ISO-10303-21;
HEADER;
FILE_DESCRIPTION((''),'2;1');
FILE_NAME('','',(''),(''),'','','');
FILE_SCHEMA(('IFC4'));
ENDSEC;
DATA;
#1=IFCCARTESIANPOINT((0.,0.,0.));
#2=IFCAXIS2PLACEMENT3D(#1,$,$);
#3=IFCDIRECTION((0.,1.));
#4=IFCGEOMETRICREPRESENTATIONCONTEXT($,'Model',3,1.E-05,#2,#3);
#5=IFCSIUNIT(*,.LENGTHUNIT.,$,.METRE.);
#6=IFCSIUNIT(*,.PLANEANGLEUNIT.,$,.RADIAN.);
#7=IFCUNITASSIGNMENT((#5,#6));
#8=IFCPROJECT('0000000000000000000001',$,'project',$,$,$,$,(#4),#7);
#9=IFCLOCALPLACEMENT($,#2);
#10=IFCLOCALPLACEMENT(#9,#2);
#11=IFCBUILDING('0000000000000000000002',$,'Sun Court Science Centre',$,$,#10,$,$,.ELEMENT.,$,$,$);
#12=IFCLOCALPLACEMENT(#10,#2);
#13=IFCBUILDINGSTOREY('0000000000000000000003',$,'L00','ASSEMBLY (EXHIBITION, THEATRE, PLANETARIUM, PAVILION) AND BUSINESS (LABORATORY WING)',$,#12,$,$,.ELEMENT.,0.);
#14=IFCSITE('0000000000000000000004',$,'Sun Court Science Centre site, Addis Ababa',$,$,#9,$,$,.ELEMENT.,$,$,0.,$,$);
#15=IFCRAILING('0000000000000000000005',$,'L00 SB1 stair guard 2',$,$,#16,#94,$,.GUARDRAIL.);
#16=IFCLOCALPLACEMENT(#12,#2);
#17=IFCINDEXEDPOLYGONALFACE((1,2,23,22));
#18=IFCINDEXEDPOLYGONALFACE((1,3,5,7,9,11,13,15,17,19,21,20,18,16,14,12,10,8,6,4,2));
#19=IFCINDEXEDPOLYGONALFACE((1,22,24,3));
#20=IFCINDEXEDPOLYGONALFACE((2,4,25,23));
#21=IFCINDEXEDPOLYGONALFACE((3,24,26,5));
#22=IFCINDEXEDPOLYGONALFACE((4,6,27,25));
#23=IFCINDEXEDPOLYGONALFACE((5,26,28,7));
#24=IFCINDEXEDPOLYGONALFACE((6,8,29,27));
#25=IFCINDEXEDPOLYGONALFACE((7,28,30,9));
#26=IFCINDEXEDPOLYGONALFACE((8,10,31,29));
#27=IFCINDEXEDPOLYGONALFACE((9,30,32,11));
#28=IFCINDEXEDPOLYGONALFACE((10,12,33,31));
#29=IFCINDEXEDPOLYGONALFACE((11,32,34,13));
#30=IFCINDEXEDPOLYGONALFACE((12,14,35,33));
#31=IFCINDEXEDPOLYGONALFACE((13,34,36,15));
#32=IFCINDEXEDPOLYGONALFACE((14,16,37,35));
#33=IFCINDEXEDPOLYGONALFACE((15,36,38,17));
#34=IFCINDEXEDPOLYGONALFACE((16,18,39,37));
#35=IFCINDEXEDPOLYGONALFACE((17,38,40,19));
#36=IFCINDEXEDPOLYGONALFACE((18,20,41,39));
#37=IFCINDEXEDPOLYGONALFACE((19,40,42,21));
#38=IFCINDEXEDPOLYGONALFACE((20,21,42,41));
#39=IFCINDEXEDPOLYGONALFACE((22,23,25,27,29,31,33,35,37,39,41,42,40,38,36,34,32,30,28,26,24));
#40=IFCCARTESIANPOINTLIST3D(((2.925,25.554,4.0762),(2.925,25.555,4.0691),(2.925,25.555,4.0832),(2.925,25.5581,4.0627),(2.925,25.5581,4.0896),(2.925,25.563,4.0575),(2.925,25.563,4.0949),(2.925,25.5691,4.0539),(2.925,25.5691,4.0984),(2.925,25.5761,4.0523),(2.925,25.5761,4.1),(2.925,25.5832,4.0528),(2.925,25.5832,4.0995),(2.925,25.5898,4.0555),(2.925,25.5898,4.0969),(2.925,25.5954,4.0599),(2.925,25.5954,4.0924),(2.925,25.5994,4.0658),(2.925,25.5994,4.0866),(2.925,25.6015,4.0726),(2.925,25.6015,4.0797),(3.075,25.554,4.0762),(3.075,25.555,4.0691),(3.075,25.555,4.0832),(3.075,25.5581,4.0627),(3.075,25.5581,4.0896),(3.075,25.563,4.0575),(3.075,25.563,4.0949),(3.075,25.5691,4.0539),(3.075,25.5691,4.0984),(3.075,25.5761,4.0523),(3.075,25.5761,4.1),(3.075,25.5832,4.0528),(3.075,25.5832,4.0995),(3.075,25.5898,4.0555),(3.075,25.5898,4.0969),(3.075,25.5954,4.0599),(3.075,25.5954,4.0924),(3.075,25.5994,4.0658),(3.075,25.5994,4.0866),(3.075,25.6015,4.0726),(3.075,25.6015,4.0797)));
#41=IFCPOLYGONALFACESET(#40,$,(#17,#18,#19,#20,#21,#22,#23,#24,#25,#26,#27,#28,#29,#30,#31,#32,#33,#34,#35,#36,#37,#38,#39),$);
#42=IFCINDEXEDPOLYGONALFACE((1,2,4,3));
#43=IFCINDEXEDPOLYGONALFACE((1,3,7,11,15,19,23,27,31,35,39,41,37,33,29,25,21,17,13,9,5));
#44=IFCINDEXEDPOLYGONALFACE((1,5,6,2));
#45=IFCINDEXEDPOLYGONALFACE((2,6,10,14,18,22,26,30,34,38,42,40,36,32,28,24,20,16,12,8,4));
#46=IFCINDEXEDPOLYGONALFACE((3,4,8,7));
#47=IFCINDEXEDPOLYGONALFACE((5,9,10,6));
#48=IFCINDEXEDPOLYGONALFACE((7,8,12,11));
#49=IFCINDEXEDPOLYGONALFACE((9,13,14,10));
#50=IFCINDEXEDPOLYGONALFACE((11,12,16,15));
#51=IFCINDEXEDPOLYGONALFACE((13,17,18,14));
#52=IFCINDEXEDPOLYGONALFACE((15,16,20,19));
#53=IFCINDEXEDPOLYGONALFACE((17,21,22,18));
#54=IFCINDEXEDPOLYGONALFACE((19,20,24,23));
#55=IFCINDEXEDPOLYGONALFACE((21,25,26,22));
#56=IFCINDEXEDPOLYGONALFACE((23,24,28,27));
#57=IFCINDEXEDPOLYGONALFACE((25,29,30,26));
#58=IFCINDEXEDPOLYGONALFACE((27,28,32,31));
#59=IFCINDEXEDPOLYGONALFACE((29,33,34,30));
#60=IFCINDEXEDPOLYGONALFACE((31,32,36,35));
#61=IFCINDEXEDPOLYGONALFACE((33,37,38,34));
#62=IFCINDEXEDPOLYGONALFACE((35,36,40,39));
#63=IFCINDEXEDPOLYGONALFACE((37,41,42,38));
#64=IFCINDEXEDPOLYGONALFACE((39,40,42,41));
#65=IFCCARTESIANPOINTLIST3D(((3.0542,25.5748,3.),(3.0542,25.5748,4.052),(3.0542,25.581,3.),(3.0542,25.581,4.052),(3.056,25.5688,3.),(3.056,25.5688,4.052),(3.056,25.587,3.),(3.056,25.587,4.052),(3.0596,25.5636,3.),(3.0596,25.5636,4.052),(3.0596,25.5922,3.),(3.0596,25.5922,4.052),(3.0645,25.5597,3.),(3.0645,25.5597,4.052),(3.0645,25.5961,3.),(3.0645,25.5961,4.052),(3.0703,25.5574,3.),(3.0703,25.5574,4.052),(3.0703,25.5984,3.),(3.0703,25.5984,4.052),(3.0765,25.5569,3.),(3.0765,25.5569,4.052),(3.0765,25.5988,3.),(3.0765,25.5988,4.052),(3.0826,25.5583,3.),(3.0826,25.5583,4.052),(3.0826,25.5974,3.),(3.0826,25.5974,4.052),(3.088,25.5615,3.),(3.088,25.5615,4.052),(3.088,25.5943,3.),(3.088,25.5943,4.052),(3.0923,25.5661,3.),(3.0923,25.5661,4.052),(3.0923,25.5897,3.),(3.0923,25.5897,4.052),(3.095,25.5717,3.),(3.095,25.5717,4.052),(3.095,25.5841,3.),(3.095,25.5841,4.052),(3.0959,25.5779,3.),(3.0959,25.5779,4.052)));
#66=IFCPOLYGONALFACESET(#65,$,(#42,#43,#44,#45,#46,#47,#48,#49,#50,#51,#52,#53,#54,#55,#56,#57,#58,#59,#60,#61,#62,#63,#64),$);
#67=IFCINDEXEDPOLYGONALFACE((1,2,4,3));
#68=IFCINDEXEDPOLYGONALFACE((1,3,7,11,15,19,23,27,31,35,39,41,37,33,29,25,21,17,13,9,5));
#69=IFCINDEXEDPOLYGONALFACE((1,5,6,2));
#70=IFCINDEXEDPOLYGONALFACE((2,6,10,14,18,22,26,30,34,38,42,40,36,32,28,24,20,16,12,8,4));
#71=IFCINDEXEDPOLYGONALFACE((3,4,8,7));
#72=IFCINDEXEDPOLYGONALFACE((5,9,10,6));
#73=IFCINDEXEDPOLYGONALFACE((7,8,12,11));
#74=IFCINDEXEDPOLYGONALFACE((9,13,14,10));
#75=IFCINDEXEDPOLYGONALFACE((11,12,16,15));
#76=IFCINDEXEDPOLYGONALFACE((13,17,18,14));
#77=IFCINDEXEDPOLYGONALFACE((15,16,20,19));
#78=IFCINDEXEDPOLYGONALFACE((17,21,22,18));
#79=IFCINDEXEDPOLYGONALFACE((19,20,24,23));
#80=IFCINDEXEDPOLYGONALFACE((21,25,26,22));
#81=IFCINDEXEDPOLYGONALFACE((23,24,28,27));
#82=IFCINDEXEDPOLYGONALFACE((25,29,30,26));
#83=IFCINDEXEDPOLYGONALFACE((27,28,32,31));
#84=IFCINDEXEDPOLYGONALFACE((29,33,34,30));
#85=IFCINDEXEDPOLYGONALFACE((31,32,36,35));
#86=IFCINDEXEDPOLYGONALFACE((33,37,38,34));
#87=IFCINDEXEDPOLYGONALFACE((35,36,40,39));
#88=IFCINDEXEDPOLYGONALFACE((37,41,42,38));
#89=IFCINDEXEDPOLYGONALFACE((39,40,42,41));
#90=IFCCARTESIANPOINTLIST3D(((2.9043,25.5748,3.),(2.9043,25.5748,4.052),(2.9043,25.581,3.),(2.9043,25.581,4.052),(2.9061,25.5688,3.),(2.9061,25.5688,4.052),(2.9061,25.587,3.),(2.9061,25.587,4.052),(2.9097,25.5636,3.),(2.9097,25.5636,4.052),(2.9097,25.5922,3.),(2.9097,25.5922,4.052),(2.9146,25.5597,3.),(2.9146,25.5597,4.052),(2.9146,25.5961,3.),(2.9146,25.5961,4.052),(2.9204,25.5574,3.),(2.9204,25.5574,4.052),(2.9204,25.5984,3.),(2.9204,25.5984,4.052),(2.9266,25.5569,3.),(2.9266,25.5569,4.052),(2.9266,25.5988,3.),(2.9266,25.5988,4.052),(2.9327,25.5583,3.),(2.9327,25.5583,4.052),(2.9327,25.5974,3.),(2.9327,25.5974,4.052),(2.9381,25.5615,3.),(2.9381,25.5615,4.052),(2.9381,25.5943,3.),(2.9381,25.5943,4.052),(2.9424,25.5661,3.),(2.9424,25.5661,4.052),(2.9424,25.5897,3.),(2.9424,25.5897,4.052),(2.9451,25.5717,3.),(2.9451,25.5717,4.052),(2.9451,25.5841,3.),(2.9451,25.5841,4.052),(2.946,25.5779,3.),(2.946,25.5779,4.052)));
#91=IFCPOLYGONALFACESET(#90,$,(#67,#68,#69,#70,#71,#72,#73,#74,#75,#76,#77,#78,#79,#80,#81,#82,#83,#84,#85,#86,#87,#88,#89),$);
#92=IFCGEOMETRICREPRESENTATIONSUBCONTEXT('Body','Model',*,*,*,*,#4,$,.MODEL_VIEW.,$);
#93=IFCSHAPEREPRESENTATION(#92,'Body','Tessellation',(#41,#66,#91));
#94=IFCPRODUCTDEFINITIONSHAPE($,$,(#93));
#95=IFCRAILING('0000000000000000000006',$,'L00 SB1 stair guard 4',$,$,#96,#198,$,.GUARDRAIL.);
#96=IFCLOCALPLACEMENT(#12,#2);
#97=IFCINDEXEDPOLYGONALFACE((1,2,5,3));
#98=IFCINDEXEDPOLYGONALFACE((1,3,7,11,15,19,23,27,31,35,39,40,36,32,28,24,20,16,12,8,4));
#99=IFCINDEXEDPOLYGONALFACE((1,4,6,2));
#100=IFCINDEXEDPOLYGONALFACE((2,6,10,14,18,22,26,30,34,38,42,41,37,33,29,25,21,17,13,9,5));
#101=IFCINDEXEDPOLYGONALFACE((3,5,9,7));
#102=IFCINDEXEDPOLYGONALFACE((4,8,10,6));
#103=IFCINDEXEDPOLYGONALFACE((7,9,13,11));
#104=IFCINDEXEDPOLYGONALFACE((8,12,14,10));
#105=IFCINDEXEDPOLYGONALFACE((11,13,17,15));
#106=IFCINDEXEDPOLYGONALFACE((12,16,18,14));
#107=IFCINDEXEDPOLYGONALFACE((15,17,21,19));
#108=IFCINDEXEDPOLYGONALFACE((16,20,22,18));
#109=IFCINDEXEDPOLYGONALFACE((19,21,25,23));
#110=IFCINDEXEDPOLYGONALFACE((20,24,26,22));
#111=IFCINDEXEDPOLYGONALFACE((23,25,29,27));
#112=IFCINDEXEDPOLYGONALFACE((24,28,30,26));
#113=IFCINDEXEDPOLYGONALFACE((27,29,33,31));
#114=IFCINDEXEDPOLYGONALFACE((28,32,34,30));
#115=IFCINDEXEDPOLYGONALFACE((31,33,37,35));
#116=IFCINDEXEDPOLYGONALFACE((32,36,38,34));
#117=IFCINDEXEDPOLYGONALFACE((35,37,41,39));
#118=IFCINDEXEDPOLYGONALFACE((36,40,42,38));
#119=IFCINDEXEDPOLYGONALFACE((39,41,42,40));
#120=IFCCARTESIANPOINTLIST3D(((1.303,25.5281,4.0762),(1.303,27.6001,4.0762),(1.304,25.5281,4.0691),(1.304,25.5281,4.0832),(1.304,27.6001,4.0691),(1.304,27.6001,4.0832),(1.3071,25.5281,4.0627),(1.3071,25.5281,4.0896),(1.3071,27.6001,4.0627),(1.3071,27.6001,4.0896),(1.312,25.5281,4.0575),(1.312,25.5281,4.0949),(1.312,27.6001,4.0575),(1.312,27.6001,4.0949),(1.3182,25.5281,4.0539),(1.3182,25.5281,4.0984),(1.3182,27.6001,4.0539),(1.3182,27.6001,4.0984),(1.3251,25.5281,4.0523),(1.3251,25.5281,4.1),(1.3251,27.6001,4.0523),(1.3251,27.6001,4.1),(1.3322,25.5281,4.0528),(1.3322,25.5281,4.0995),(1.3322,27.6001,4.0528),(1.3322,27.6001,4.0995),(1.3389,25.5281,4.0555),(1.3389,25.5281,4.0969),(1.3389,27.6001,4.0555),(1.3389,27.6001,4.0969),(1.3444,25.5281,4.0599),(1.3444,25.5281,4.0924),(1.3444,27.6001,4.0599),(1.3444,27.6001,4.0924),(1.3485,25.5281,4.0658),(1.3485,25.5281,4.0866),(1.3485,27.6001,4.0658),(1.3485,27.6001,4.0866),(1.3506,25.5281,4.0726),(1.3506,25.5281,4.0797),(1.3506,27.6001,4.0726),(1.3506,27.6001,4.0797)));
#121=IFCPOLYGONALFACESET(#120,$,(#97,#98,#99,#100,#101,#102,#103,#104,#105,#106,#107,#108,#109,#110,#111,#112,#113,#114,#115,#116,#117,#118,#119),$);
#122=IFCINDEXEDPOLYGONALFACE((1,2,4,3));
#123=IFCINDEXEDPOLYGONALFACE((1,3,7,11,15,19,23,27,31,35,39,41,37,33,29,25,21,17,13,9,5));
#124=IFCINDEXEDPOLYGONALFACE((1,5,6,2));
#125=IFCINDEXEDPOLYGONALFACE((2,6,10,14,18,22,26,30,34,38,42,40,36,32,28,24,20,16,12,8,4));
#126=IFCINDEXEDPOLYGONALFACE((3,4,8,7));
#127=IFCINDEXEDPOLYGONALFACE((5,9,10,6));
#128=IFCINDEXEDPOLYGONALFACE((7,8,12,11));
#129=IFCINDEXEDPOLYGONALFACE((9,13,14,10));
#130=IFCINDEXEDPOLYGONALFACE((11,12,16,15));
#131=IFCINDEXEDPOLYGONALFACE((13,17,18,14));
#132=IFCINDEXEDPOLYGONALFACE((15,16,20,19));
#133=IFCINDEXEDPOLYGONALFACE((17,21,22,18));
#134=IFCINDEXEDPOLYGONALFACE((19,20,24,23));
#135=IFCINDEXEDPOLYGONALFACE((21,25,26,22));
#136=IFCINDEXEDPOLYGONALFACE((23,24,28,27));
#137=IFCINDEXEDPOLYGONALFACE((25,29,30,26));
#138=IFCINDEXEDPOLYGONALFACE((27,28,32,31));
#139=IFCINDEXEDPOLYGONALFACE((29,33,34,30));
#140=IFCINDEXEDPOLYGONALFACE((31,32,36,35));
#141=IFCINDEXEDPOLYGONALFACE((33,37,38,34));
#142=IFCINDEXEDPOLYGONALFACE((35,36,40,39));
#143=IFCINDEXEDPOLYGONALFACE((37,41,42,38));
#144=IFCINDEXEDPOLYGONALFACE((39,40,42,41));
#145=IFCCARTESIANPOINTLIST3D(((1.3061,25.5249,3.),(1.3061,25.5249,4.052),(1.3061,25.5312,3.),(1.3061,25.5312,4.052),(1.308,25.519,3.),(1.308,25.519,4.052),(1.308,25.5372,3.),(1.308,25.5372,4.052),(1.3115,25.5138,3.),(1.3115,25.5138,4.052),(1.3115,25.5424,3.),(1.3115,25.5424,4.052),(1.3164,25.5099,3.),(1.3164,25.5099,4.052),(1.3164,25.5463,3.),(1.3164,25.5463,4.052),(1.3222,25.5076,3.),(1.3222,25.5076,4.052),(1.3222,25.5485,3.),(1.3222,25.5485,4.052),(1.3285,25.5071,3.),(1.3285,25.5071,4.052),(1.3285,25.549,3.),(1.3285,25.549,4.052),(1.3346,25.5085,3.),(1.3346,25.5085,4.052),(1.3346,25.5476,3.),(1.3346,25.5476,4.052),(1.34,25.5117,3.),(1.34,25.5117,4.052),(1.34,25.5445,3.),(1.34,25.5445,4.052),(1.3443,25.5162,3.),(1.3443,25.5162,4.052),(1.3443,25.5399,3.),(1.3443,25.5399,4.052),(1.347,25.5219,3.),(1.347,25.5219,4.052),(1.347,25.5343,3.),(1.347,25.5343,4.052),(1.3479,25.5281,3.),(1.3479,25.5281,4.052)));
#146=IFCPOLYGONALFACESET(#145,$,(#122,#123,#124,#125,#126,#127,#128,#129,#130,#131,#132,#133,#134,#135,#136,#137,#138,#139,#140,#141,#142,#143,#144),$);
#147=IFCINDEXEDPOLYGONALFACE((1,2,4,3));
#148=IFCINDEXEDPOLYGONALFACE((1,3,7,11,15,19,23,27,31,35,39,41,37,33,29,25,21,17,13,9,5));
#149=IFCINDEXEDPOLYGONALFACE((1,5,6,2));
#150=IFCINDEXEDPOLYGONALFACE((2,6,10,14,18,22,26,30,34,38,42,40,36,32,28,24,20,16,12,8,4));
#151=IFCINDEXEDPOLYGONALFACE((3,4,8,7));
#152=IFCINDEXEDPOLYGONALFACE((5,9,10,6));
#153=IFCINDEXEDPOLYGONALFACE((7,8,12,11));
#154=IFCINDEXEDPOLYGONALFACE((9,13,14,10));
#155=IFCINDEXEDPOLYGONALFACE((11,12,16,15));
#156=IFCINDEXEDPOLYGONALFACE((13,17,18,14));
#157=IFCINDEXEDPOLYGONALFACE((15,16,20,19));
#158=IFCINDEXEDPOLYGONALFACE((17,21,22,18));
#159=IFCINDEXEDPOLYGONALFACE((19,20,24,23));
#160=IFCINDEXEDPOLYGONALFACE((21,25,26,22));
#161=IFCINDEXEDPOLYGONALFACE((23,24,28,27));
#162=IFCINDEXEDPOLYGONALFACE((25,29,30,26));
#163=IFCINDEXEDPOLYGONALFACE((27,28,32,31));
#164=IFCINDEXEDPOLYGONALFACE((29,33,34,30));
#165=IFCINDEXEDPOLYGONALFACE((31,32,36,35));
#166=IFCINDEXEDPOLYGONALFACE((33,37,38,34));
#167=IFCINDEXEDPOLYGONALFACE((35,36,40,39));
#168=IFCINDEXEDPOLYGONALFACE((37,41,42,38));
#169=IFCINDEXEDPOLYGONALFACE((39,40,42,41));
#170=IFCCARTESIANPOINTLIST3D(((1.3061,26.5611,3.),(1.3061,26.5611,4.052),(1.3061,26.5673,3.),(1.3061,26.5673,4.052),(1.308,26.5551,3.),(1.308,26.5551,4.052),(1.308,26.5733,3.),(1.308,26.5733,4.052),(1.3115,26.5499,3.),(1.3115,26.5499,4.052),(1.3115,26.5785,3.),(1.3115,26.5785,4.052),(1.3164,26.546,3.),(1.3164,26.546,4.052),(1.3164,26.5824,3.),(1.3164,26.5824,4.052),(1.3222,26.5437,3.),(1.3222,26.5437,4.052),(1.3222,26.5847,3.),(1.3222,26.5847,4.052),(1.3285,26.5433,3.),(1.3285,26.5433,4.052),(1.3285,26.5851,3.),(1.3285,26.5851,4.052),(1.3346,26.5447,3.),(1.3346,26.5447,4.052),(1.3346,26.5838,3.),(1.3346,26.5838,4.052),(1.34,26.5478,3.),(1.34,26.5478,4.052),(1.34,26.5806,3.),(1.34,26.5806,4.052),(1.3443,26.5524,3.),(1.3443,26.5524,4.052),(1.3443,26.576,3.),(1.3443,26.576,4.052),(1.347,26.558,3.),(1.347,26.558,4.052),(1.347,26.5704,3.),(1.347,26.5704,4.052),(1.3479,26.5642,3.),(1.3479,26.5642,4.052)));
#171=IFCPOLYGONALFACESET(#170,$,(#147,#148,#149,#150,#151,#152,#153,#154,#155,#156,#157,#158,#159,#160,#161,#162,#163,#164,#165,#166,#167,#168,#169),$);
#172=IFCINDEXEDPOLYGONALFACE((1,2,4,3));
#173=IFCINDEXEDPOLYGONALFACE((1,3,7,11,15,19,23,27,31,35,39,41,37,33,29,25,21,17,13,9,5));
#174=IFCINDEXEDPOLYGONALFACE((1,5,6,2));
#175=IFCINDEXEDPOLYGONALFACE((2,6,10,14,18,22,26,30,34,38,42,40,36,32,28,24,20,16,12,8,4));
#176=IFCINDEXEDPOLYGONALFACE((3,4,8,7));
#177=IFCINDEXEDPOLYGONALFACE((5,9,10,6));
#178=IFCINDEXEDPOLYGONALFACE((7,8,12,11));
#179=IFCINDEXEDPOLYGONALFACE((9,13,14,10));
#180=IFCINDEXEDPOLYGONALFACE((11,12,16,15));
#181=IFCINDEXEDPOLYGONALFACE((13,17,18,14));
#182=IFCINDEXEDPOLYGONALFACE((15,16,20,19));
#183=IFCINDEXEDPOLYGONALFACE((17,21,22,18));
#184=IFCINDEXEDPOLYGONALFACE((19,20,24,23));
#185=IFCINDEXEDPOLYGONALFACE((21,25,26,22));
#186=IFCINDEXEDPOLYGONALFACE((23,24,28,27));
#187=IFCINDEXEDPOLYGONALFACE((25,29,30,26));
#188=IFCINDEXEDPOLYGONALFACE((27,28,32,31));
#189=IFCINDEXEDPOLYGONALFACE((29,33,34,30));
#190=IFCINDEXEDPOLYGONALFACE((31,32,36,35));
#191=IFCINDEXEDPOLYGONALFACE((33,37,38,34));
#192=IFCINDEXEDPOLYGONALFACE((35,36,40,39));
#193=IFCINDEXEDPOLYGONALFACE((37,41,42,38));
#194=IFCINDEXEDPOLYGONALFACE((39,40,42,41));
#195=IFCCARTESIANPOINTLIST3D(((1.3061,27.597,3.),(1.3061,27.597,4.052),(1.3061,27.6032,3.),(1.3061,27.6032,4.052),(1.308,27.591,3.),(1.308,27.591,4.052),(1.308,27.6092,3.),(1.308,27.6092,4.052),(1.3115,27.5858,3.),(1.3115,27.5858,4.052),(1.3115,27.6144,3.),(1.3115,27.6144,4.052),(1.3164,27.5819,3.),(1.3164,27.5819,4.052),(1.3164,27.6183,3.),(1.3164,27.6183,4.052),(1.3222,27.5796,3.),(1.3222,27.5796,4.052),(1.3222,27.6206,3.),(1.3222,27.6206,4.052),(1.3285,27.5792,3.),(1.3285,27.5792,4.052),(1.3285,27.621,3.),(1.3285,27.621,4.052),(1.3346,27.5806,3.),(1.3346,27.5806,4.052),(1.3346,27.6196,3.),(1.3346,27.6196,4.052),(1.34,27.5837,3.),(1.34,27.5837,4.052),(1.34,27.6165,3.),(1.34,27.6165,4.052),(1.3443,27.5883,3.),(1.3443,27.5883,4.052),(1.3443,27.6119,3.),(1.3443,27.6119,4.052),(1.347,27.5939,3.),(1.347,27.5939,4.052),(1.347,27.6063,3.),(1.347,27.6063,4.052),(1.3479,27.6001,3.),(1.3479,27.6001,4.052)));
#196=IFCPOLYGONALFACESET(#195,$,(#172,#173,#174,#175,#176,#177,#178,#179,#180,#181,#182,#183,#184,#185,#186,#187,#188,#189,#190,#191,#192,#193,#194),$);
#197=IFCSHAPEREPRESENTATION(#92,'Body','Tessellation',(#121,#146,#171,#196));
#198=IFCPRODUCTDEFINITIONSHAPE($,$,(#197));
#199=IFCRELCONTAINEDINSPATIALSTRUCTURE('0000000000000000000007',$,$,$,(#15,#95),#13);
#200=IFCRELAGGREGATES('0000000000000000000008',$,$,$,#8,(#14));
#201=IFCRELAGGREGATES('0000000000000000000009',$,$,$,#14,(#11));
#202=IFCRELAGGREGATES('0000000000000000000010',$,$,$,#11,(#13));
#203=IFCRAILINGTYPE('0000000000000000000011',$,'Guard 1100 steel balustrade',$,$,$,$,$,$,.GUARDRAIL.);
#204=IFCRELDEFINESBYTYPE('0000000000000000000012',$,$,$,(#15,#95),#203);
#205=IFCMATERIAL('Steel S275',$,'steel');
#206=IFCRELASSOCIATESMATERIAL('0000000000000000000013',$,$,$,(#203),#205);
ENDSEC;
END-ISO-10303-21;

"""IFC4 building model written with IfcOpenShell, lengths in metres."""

from ifc_helpers import new_model, si_unit, direction, frame, origin, origin_2d, place, context, subcontext, project, spatial, circle, extrude, material, type_object, element, save


model = new_model("IFC4")

# Units and contexts
model_context = context("Model", 3, precision=1e-05, world=origin(), true_north=direction((0.0, 1.0)))
body_context = subcontext(model_context, "Body", "Model", "MODEL_VIEW")
ifc_project = project(units=[si_unit("LENGTHUNIT", "METRE"), si_unit("PLANEANGLEUNIT", "RADIAN")], contexts=[model_context])

# Site, building, storey
site_placement = place(None, origin())
site = spatial("IfcSite", under=ifc_project, at=site_placement, Name="Sun Court Science Centre site, Addis Ababa", CompositionType="ELEMENT", RefElevation=0.0)
building_placement = place(site_placement, origin())
building = spatial("IfcBuilding", under=site, at=building_placement, Name="Sun Court Science Centre", CompositionType="ELEMENT")
storey_placement = place(building_placement, origin())
storey = spatial("IfcBuildingStorey", under=building, at=storey_placement, Name="L00", Description="ASSEMBLY (EXHIBITION, THEATRE, PLANETARIUM, PAVILION) AND BUSINESS (LABORATORY WING)", CompositionType="ELEMENT", Elevation=0.0)

# Railings
ifc_material_1 = material(Name="Steel S275", Category="steel")
railing_type_1 = type_object("IfcRailingType", Name="Guard 1100 steel balustrade", PredefinedType="GUARDRAIL", material=ifc_material_1)
railing_1_placement = place(storey_placement, frame((3.075, 25.5779, 3.0)))
element("IfcRailing", 1, at=railing_1_placement, inside=storey, type_object=railing_type_1, Name="L00 SB1 stair guard 2", PredefinedType="GUARDRAIL", context=body_context, shape_type="SweptSolid", body=[
    extrude(circle(Radius=0.0239, at=origin_2d()), frame((0.0, 0.0, 1.0762), z_axis=(-1.0, 0.0, 0.0), x_axis=(0.0, -1.0, 0.0)), (0.0, 0.0, 1.0), 0.1499),
    extrude(circle(Radius=0.021, at=origin_2d()), origin(), (0.0, 0.0, 1.0), 1.052),
    extrude(circle(Radius=0.021, at=origin_2d()), frame((-0.1499, 0.0, 0.0)), (0.0, 0.0, 1.0), 1.052),
])
railing_2_placement = place(storey_placement, frame((1.3269, 25.5281, 3.0)))
element("IfcRailing", 2, at=railing_2_placement, inside=storey, type_object=railing_type_1, Name="L00 SB1 stair guard 4", PredefinedType="GUARDRAIL", context=body_context, shape_type="SweptSolid", body=[
    extrude(circle(Radius=0.0239, at=origin_2d()), frame((0.0, 0.0, 1.0762), z_axis=(0.0, 1.0, 0.0), x_axis=(-1.0, 0.0, 0.0)), (0.0, 0.0, 1.0), 2.072),
    extrude(circle(Radius=0.021, at=origin_2d()), origin(), (0.0, 0.0, 1.0), 1.052),
    extrude(circle(Radius=0.021, at=origin_2d()), frame((0.0, 1.0361, 0.0)), (0.0, 0.0, 1.0), 1.052),
    extrude(circle(Radius=0.021, at=origin_2d()), frame((0.0, 2.072, 0.0)), (0.0, 0.0, 1.0), 1.052),
])

save(model, "model.ifc")
